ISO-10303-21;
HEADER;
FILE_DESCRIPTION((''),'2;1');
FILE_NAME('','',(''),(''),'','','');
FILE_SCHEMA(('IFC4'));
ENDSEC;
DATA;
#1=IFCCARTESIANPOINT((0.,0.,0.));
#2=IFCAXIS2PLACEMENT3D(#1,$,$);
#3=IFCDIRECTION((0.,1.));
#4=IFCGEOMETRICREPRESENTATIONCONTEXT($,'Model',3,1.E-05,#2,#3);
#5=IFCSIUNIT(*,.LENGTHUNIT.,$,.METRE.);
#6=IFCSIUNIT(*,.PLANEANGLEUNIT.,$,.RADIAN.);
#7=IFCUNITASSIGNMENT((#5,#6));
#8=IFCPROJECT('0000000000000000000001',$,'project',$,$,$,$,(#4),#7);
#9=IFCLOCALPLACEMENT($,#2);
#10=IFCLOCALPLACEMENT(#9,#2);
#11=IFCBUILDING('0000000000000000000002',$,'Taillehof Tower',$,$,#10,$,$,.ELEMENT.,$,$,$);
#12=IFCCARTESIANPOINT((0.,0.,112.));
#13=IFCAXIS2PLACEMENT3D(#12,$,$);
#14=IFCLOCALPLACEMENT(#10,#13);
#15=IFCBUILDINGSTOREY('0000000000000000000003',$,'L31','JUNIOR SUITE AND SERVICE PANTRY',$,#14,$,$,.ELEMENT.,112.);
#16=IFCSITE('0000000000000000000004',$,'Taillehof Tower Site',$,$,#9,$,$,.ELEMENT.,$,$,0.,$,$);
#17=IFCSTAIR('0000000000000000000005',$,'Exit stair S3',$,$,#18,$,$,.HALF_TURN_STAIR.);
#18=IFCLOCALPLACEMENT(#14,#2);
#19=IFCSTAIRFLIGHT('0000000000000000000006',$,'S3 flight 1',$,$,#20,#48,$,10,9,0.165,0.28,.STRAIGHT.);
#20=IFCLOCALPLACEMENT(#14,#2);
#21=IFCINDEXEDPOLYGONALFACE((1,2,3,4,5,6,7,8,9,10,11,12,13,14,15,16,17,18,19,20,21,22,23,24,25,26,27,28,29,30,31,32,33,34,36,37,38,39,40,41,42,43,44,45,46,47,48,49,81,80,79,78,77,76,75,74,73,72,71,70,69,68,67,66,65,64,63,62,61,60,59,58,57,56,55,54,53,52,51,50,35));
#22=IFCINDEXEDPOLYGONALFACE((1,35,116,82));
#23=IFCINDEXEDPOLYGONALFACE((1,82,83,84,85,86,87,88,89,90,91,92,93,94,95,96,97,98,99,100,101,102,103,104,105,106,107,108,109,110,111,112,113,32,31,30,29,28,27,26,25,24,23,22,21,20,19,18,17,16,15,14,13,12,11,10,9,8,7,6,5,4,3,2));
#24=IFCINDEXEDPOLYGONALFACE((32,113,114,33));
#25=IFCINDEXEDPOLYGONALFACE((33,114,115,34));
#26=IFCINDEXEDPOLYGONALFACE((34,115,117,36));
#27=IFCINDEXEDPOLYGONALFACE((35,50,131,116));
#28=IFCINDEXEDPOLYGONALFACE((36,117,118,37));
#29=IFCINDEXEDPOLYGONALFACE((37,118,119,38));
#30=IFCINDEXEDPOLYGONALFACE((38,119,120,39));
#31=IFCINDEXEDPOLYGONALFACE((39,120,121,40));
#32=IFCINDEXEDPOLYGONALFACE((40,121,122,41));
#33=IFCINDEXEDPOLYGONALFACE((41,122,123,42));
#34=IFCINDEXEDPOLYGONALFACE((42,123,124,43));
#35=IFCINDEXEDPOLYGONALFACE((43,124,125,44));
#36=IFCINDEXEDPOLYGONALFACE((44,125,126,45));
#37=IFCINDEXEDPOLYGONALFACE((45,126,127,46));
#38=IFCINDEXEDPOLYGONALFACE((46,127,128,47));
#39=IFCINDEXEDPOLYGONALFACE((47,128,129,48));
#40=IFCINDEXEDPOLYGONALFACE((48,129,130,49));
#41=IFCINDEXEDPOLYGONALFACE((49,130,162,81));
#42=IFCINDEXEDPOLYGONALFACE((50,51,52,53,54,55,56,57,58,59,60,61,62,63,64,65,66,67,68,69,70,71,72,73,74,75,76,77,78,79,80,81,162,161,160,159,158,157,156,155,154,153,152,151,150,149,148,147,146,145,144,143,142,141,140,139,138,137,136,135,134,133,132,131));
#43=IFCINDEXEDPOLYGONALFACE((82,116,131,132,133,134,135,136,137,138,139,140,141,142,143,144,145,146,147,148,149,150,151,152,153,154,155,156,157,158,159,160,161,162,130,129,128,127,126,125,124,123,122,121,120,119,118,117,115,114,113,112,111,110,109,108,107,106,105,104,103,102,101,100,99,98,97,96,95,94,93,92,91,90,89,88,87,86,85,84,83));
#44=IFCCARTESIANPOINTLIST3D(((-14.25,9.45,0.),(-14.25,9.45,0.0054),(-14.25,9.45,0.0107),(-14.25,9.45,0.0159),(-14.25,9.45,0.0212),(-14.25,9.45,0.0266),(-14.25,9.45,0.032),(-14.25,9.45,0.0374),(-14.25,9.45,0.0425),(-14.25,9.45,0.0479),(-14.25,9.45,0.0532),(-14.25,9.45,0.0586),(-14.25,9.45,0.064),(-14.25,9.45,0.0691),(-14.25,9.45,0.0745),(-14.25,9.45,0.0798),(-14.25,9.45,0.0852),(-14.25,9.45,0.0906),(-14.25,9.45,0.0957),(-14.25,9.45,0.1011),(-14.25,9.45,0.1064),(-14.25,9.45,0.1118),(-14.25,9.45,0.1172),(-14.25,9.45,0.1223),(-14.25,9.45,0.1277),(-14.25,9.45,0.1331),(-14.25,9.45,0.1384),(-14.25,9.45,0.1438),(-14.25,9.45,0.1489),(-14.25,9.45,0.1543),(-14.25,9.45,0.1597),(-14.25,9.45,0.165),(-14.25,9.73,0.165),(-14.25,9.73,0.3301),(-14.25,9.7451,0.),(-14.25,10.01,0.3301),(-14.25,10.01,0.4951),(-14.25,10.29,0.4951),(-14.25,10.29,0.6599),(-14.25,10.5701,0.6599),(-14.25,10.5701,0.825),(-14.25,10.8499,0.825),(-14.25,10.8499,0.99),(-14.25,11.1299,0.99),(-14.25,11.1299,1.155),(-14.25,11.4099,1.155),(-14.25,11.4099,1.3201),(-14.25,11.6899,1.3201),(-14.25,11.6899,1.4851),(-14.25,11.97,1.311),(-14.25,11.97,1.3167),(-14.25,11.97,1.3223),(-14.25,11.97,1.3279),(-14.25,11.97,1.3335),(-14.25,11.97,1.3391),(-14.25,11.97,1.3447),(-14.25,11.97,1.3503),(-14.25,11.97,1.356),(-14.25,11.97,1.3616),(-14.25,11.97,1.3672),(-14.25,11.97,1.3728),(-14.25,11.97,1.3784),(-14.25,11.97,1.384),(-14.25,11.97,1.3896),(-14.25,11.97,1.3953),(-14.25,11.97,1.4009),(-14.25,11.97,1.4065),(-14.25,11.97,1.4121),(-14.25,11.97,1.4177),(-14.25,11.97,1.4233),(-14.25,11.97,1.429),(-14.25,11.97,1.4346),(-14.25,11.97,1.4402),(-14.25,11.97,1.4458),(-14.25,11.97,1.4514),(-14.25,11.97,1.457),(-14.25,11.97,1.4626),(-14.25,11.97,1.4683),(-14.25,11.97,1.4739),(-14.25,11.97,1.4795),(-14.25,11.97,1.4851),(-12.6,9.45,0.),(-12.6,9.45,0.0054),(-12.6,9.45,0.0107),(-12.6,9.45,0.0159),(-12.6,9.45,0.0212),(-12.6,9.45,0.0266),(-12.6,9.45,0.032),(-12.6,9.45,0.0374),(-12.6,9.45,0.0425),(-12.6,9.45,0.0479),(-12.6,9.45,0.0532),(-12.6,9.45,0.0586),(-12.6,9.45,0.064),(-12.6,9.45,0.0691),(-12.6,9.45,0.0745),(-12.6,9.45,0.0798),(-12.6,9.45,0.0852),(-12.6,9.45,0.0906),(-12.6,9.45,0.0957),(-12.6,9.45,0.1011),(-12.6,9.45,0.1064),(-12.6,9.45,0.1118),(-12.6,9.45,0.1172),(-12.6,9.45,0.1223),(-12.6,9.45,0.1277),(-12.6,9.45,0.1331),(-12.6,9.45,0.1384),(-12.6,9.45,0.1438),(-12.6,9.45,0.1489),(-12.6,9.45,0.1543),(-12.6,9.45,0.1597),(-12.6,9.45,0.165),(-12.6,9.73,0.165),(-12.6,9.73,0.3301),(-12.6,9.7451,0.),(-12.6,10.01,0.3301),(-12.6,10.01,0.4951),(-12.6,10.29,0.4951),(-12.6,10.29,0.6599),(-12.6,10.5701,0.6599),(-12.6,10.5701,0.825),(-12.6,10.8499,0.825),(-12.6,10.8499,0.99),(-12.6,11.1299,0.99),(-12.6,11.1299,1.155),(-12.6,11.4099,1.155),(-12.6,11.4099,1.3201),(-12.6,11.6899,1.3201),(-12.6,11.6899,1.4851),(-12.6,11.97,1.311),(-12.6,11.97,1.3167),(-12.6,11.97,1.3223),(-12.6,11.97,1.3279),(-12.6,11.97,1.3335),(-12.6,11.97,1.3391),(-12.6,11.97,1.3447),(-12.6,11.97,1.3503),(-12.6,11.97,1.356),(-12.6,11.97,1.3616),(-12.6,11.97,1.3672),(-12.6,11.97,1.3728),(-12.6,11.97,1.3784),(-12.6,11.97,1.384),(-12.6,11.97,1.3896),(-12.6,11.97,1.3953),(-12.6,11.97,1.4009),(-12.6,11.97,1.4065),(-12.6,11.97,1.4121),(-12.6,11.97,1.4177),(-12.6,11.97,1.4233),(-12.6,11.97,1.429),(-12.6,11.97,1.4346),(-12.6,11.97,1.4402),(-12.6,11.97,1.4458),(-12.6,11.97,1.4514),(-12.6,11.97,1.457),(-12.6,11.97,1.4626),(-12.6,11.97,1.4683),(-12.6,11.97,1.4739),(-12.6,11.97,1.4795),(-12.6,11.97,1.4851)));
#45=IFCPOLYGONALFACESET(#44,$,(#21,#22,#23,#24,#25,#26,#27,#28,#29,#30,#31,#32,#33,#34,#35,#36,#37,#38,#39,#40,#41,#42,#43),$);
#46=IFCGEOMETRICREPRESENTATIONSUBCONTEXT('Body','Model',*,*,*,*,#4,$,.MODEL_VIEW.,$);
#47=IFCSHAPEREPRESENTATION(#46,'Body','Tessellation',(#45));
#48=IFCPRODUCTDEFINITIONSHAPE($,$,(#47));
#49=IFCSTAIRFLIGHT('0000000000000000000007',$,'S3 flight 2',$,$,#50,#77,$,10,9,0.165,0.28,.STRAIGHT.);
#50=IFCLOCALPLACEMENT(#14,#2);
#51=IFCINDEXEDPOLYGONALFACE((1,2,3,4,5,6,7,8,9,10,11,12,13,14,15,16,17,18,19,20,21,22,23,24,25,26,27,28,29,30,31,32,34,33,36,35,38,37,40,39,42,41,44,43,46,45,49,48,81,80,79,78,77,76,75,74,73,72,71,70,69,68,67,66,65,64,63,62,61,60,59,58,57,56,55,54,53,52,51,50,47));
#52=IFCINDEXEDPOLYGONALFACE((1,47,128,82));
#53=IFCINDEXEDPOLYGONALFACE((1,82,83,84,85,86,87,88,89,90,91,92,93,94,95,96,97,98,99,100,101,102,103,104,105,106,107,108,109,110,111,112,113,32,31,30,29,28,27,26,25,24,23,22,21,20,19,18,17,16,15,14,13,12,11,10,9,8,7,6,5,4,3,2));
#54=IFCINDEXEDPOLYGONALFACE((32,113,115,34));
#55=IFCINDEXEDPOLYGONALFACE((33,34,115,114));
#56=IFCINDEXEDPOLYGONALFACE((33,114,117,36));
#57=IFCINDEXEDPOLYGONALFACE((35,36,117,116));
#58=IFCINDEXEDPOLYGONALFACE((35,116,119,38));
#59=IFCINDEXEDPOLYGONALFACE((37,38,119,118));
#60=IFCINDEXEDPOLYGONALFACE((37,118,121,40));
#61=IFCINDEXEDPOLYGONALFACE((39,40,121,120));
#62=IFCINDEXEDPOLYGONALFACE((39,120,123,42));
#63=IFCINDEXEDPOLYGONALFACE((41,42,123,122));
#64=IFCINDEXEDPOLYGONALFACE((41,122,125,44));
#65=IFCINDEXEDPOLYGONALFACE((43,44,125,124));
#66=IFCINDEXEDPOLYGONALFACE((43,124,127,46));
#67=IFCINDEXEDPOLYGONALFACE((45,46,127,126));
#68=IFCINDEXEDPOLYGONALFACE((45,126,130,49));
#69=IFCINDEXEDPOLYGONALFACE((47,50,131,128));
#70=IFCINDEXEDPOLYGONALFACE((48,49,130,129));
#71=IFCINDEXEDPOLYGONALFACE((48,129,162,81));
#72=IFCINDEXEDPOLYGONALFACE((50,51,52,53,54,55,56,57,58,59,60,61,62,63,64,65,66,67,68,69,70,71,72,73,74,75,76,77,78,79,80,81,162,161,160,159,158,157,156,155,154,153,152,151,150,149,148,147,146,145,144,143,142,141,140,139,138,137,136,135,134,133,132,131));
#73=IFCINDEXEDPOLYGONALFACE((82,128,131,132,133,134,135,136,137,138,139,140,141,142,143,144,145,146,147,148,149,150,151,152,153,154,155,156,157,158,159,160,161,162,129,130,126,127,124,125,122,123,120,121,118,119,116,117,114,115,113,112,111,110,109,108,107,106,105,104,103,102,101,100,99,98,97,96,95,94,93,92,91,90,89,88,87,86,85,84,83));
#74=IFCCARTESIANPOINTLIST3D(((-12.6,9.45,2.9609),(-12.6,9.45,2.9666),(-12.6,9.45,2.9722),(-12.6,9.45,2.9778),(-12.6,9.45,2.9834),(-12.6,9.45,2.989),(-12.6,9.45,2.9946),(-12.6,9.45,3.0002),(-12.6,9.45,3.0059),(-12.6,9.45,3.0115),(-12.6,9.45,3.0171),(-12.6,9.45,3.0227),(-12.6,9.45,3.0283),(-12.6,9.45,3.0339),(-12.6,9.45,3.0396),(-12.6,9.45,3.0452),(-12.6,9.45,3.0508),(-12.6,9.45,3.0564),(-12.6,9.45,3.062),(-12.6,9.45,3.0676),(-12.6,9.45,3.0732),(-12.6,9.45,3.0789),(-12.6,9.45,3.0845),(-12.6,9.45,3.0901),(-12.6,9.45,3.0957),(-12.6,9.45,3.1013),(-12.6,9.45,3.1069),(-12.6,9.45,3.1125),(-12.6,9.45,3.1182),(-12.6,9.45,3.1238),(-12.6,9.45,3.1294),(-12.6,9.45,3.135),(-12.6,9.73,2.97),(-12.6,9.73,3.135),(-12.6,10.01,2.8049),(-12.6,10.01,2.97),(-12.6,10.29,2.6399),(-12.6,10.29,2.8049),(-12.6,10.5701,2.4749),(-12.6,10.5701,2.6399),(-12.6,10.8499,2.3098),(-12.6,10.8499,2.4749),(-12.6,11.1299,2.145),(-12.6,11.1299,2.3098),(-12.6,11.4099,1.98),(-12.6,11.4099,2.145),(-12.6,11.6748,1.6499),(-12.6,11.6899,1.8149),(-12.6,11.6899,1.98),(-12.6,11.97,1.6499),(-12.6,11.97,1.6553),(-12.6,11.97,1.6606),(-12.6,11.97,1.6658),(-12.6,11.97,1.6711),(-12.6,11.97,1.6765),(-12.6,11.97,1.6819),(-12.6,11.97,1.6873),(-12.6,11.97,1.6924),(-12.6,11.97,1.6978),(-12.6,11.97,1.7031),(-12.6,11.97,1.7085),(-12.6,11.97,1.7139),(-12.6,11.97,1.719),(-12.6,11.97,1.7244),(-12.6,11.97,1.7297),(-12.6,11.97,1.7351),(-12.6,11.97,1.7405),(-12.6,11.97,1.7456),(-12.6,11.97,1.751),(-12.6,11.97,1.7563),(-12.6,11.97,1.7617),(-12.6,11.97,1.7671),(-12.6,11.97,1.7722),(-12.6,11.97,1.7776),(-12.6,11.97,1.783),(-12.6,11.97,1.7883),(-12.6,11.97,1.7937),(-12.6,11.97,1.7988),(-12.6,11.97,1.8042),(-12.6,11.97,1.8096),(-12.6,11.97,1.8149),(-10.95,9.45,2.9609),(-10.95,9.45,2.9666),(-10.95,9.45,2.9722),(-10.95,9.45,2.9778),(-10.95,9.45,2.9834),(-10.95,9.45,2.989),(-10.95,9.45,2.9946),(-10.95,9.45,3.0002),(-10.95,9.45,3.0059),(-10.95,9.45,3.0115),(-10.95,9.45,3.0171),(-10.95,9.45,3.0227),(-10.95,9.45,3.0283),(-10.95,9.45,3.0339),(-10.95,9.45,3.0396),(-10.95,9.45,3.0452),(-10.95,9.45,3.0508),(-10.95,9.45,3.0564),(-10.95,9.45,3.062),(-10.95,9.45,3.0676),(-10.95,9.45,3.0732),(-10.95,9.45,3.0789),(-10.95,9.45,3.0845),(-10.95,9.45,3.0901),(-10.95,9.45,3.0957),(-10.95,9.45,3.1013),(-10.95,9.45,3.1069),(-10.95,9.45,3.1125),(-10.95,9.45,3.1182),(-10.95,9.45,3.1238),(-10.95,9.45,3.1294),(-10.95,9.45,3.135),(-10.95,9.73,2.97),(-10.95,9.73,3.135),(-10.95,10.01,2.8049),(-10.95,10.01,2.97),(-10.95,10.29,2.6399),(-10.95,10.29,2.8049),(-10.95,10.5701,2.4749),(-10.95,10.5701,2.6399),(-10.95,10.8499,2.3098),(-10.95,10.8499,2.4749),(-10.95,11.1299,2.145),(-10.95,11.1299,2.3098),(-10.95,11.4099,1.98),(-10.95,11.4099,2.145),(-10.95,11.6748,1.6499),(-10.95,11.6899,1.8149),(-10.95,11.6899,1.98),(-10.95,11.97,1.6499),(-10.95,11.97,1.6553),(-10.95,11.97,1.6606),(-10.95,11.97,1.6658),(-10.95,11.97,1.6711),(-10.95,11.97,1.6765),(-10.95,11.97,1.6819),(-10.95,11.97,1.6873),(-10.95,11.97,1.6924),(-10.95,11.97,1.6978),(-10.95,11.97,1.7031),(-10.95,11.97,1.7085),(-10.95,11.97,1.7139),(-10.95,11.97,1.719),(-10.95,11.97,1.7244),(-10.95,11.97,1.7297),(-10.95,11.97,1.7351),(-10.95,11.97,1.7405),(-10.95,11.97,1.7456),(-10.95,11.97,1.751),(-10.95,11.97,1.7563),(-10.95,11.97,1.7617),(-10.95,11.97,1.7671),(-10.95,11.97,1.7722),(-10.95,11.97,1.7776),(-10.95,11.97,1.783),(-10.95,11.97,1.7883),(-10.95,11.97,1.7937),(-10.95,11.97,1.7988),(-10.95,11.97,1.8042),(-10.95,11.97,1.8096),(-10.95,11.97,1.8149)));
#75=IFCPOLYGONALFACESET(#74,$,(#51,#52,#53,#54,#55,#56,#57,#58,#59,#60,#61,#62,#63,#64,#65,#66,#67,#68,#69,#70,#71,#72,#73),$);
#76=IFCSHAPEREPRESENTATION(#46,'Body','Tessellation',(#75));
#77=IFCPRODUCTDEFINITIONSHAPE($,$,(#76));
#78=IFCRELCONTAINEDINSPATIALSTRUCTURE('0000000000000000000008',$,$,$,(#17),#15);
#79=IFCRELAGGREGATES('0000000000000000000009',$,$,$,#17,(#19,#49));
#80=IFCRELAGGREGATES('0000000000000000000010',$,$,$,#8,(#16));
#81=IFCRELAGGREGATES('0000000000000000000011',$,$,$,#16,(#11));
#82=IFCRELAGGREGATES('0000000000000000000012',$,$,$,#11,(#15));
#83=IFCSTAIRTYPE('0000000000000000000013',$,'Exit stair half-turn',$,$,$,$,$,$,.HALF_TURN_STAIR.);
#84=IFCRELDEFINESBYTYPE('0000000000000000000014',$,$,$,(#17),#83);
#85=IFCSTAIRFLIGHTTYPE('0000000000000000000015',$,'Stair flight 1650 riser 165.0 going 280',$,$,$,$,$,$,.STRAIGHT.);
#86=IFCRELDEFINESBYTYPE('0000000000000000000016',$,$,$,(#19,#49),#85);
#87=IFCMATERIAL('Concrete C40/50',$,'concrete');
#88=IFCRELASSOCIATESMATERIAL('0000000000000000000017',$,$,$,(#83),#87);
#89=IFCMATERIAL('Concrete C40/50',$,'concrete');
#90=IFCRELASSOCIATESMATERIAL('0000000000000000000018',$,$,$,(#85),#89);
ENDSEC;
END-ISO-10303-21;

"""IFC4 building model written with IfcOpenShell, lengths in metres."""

from ifc_helpers import new_model, si_unit, direction, frame, origin, place, context, subcontext, project, spatial, polyline, outline, extrude, material, type_object, element, aggregate, save


model = new_model("IFC4")

# Units and contexts
model_context = context("Model", 3, precision=1e-05, world=origin(), true_north=direction((0.0, 1.0)))
body_context = subcontext(model_context, "Body", "Model", "MODEL_VIEW")
ifc_project = project(units=[si_unit("LENGTHUNIT", "METRE"), si_unit("PLANEANGLEUNIT", "RADIAN")], contexts=[model_context])

# Site, building, storey
site_placement = place(None, origin())
site = spatial("IfcSite", under=ifc_project, at=site_placement, Name="Taillehof Tower Site", CompositionType="ELEMENT", RefElevation=0.0)
building_placement = place(site_placement, origin())
building = spatial("IfcBuilding", under=site, at=building_placement, Name="Taillehof Tower", CompositionType="ELEMENT")
storey_placement = place(building_placement, frame((0.0, 0.0, 112.0)))
storey = spatial("IfcBuildingStorey", under=building, at=storey_placement, Name="L31", Description="JUNIOR SUITE AND SERVICE PANTRY", CompositionType="ELEMENT", Elevation=112.0)

# Stair, stair flights
ifc_material_1 = material(Name="Concrete C40/50", Category="concrete")
stair_type = type_object("IfcStairType", Name="Exit stair half-turn", PredefinedType="HALF_TURN_STAIR", material=ifc_material_1)
stair_placement = place(storey_placement, origin())
stair = element("IfcStair", 1, at=stair_placement, inside=storey, type_object=stair_type, Name="Exit stair S3", PredefinedType="HALF_TURN_STAIR")
ifc_material_2 = material(Name="Concrete C40/50", Category="concrete")
stair_flight_type = type_object("IfcStairFlightType", Name="Stair flight 1650 riser 165.0 going 280", PredefinedType="STRAIGHT", material=ifc_material_2)
stair_flight_1_placement = place(storey_placement, frame((-13.425, 9.45, 0.0), z_axis=(0.0, 0.0, 1.0), x_axis=(0.0, 1.0, 0.0)))
stair_flight_1 = element("IfcStairFlight", 2, at=stair_flight_1_placement, type_object=stair_flight_type, Name="S3 flight 1", NumberOfRisers=10, NumberOfTreads=9, PredefinedType="STRAIGHT", RiserHeight=0.165, TreadLength=0.28, context=body_context, shape_type="SweptSolid", body=[
    extrude(outline(polyline([(0.0, 0.0), (0.0, 0.0054), (0.0, 0.0107), (0.0, 0.0159), (0.0, 0.0212), (0.0, 0.0266), (0.0, 0.032), (0.0, 0.0374), (0.0, 0.0425), (0.0, 0.0479), (0.0, 0.0532), (0.0, 0.0586), (0.0, 0.064), (0.0, 0.0691), (0.0, 0.0745), (0.0, 0.0798), (0.0, 0.0852), (0.0, 0.0906), (0.0, 0.0957), (0.0, 0.1011), (0.0, 0.1064), (0.0, 0.1118), (0.0, 0.1172), (0.0, 0.1223), (0.0, 0.1277), (0.0, 0.1331), (0.0, 0.1384), (0.0, 0.1438), (0.0, 0.1489), (0.0, 0.1543), (0.0, 0.1597), (0.0, 0.165), (0.28, 0.165), (0.28, 0.3301), (0.5601, 0.3301), (0.5601, 0.4951), (0.8401, 0.4951), (0.8401, 0.6599), (1.1201, 0.6599), (1.1201, 0.825), (1.3999, 0.825), (1.3999, 0.99), (1.6799, 0.99), (1.6799, 1.155), (1.96, 1.155), (1.96, 1.3201), (2.24, 1.3201), (2.24, 1.4851), (2.52, 1.4851), (2.52, 1.4795), (2.52, 1.4739), (2.52, 1.4683), (2.52, 1.4626), (2.52, 1.457), (2.52, 1.4514), (2.52, 1.4458), (2.52, 1.4402), (2.52, 1.4346), (2.52, 1.429), (2.52, 1.4233), (2.52, 1.4177), (2.52, 1.4121), (2.52, 1.4065), (2.52, 1.4009), (2.52, 1.3953), (2.52, 1.3896), (2.52, 1.384), (2.52, 1.3784), (2.52, 1.3728), (2.52, 1.3672), (2.52, 1.3616), (2.52, 1.356), (2.52, 1.3503), (2.52, 1.3447), (2.52, 1.3391), (2.52, 1.3335), (2.52, 1.3279), (2.52, 1.3223), (2.52, 1.3167), (2.52, 1.311), (0.2952, 0.0), (0.0, 0.0)])), frame((0.0, 0.825, 0.0), z_axis=(0.0, -1.0, 0.0), x_axis=(1.0, 0.0, 0.0)), (0.0, 0.0, 1.0), 1.65),
])
stair_flight_2_placement = place(storey_placement, frame((-11.7749, 11.97, 1.6499), z_axis=(0.0, 0.0, 1.0), x_axis=(0.0, -1.0, 0.0)))
stair_flight_2 = element("IfcStairFlight", 3, at=stair_flight_2_placement, type_object=stair_flight_type, Name="S3 flight 2", NumberOfRisers=10, NumberOfTreads=9, PredefinedType="STRAIGHT", RiserHeight=0.165, TreadLength=0.28, context=body_context, shape_type="SweptSolid", body=[
    extrude(outline(polyline([(0.0, 0.0), (0.0, 0.0054), (0.0, 0.0107), (0.0, 0.0159), (0.0, 0.0212), (0.0, 0.0266), (0.0, 0.032), (0.0, 0.0374), (0.0, 0.0425), (0.0, 0.0479), (0.0, 0.0532), (0.0, 0.0586), (0.0, 0.064), (0.0, 0.0691), (0.0, 0.0745), (0.0, 0.0798), (0.0, 0.0852), (0.0, 0.0906), (0.0, 0.0957), (0.0, 0.1011), (0.0, 0.1064), (0.0, 0.1118), (0.0, 0.1172), (0.0, 0.1223), (0.0, 0.1277), (0.0, 0.1331), (0.0, 0.1384), (0.0, 0.1438), (0.0, 0.1489), (0.0, 0.1543), (0.0, 0.1597), (0.0, 0.165), (0.28, 0.165), (0.28, 0.3301), (0.5601, 0.3301), (0.5601, 0.4951), (0.8401, 0.4951), (0.8401, 0.6599), (1.1201, 0.6599), (1.1201, 0.825), (1.3999, 0.825), (1.3999, 0.99), (1.6799, 0.99), (1.6799, 1.155), (1.96, 1.155), (1.96, 1.3201), (2.24, 1.3201), (2.24, 1.4851), (2.52, 1.4851), (2.52, 1.4795), (2.52, 1.4739), (2.52, 1.4683), (2.52, 1.4626), (2.52, 1.457), (2.52, 1.4514), (2.52, 1.4458), (2.52, 1.4402), (2.52, 1.4346), (2.52, 1.429), (2.52, 1.4233), (2.52, 1.4177), (2.52, 1.4121), (2.52, 1.4065), (2.52, 1.4009), (2.52, 1.3953), (2.52, 1.3896), (2.52, 1.384), (2.52, 1.3784), (2.52, 1.3728), (2.52, 1.3672), (2.52, 1.3616), (2.52, 1.356), (2.52, 1.3503), (2.52, 1.3447), (2.52, 1.3391), (2.52, 1.3335), (2.52, 1.3279), (2.52, 1.3223), (2.52, 1.3167), (2.52, 1.311), (0.2952, 0.0), (0.0, 0.0)])), frame((0.0, 0.825, 0.0), z_axis=(0.0, -1.0, 0.0), x_axis=(1.0, 0.0, 0.0)), (0.0, 0.0, 1.0), 1.65),
])
aggregate(stair, [stair_flight_1, stair_flight_2])

save(model, "model.ifc")
